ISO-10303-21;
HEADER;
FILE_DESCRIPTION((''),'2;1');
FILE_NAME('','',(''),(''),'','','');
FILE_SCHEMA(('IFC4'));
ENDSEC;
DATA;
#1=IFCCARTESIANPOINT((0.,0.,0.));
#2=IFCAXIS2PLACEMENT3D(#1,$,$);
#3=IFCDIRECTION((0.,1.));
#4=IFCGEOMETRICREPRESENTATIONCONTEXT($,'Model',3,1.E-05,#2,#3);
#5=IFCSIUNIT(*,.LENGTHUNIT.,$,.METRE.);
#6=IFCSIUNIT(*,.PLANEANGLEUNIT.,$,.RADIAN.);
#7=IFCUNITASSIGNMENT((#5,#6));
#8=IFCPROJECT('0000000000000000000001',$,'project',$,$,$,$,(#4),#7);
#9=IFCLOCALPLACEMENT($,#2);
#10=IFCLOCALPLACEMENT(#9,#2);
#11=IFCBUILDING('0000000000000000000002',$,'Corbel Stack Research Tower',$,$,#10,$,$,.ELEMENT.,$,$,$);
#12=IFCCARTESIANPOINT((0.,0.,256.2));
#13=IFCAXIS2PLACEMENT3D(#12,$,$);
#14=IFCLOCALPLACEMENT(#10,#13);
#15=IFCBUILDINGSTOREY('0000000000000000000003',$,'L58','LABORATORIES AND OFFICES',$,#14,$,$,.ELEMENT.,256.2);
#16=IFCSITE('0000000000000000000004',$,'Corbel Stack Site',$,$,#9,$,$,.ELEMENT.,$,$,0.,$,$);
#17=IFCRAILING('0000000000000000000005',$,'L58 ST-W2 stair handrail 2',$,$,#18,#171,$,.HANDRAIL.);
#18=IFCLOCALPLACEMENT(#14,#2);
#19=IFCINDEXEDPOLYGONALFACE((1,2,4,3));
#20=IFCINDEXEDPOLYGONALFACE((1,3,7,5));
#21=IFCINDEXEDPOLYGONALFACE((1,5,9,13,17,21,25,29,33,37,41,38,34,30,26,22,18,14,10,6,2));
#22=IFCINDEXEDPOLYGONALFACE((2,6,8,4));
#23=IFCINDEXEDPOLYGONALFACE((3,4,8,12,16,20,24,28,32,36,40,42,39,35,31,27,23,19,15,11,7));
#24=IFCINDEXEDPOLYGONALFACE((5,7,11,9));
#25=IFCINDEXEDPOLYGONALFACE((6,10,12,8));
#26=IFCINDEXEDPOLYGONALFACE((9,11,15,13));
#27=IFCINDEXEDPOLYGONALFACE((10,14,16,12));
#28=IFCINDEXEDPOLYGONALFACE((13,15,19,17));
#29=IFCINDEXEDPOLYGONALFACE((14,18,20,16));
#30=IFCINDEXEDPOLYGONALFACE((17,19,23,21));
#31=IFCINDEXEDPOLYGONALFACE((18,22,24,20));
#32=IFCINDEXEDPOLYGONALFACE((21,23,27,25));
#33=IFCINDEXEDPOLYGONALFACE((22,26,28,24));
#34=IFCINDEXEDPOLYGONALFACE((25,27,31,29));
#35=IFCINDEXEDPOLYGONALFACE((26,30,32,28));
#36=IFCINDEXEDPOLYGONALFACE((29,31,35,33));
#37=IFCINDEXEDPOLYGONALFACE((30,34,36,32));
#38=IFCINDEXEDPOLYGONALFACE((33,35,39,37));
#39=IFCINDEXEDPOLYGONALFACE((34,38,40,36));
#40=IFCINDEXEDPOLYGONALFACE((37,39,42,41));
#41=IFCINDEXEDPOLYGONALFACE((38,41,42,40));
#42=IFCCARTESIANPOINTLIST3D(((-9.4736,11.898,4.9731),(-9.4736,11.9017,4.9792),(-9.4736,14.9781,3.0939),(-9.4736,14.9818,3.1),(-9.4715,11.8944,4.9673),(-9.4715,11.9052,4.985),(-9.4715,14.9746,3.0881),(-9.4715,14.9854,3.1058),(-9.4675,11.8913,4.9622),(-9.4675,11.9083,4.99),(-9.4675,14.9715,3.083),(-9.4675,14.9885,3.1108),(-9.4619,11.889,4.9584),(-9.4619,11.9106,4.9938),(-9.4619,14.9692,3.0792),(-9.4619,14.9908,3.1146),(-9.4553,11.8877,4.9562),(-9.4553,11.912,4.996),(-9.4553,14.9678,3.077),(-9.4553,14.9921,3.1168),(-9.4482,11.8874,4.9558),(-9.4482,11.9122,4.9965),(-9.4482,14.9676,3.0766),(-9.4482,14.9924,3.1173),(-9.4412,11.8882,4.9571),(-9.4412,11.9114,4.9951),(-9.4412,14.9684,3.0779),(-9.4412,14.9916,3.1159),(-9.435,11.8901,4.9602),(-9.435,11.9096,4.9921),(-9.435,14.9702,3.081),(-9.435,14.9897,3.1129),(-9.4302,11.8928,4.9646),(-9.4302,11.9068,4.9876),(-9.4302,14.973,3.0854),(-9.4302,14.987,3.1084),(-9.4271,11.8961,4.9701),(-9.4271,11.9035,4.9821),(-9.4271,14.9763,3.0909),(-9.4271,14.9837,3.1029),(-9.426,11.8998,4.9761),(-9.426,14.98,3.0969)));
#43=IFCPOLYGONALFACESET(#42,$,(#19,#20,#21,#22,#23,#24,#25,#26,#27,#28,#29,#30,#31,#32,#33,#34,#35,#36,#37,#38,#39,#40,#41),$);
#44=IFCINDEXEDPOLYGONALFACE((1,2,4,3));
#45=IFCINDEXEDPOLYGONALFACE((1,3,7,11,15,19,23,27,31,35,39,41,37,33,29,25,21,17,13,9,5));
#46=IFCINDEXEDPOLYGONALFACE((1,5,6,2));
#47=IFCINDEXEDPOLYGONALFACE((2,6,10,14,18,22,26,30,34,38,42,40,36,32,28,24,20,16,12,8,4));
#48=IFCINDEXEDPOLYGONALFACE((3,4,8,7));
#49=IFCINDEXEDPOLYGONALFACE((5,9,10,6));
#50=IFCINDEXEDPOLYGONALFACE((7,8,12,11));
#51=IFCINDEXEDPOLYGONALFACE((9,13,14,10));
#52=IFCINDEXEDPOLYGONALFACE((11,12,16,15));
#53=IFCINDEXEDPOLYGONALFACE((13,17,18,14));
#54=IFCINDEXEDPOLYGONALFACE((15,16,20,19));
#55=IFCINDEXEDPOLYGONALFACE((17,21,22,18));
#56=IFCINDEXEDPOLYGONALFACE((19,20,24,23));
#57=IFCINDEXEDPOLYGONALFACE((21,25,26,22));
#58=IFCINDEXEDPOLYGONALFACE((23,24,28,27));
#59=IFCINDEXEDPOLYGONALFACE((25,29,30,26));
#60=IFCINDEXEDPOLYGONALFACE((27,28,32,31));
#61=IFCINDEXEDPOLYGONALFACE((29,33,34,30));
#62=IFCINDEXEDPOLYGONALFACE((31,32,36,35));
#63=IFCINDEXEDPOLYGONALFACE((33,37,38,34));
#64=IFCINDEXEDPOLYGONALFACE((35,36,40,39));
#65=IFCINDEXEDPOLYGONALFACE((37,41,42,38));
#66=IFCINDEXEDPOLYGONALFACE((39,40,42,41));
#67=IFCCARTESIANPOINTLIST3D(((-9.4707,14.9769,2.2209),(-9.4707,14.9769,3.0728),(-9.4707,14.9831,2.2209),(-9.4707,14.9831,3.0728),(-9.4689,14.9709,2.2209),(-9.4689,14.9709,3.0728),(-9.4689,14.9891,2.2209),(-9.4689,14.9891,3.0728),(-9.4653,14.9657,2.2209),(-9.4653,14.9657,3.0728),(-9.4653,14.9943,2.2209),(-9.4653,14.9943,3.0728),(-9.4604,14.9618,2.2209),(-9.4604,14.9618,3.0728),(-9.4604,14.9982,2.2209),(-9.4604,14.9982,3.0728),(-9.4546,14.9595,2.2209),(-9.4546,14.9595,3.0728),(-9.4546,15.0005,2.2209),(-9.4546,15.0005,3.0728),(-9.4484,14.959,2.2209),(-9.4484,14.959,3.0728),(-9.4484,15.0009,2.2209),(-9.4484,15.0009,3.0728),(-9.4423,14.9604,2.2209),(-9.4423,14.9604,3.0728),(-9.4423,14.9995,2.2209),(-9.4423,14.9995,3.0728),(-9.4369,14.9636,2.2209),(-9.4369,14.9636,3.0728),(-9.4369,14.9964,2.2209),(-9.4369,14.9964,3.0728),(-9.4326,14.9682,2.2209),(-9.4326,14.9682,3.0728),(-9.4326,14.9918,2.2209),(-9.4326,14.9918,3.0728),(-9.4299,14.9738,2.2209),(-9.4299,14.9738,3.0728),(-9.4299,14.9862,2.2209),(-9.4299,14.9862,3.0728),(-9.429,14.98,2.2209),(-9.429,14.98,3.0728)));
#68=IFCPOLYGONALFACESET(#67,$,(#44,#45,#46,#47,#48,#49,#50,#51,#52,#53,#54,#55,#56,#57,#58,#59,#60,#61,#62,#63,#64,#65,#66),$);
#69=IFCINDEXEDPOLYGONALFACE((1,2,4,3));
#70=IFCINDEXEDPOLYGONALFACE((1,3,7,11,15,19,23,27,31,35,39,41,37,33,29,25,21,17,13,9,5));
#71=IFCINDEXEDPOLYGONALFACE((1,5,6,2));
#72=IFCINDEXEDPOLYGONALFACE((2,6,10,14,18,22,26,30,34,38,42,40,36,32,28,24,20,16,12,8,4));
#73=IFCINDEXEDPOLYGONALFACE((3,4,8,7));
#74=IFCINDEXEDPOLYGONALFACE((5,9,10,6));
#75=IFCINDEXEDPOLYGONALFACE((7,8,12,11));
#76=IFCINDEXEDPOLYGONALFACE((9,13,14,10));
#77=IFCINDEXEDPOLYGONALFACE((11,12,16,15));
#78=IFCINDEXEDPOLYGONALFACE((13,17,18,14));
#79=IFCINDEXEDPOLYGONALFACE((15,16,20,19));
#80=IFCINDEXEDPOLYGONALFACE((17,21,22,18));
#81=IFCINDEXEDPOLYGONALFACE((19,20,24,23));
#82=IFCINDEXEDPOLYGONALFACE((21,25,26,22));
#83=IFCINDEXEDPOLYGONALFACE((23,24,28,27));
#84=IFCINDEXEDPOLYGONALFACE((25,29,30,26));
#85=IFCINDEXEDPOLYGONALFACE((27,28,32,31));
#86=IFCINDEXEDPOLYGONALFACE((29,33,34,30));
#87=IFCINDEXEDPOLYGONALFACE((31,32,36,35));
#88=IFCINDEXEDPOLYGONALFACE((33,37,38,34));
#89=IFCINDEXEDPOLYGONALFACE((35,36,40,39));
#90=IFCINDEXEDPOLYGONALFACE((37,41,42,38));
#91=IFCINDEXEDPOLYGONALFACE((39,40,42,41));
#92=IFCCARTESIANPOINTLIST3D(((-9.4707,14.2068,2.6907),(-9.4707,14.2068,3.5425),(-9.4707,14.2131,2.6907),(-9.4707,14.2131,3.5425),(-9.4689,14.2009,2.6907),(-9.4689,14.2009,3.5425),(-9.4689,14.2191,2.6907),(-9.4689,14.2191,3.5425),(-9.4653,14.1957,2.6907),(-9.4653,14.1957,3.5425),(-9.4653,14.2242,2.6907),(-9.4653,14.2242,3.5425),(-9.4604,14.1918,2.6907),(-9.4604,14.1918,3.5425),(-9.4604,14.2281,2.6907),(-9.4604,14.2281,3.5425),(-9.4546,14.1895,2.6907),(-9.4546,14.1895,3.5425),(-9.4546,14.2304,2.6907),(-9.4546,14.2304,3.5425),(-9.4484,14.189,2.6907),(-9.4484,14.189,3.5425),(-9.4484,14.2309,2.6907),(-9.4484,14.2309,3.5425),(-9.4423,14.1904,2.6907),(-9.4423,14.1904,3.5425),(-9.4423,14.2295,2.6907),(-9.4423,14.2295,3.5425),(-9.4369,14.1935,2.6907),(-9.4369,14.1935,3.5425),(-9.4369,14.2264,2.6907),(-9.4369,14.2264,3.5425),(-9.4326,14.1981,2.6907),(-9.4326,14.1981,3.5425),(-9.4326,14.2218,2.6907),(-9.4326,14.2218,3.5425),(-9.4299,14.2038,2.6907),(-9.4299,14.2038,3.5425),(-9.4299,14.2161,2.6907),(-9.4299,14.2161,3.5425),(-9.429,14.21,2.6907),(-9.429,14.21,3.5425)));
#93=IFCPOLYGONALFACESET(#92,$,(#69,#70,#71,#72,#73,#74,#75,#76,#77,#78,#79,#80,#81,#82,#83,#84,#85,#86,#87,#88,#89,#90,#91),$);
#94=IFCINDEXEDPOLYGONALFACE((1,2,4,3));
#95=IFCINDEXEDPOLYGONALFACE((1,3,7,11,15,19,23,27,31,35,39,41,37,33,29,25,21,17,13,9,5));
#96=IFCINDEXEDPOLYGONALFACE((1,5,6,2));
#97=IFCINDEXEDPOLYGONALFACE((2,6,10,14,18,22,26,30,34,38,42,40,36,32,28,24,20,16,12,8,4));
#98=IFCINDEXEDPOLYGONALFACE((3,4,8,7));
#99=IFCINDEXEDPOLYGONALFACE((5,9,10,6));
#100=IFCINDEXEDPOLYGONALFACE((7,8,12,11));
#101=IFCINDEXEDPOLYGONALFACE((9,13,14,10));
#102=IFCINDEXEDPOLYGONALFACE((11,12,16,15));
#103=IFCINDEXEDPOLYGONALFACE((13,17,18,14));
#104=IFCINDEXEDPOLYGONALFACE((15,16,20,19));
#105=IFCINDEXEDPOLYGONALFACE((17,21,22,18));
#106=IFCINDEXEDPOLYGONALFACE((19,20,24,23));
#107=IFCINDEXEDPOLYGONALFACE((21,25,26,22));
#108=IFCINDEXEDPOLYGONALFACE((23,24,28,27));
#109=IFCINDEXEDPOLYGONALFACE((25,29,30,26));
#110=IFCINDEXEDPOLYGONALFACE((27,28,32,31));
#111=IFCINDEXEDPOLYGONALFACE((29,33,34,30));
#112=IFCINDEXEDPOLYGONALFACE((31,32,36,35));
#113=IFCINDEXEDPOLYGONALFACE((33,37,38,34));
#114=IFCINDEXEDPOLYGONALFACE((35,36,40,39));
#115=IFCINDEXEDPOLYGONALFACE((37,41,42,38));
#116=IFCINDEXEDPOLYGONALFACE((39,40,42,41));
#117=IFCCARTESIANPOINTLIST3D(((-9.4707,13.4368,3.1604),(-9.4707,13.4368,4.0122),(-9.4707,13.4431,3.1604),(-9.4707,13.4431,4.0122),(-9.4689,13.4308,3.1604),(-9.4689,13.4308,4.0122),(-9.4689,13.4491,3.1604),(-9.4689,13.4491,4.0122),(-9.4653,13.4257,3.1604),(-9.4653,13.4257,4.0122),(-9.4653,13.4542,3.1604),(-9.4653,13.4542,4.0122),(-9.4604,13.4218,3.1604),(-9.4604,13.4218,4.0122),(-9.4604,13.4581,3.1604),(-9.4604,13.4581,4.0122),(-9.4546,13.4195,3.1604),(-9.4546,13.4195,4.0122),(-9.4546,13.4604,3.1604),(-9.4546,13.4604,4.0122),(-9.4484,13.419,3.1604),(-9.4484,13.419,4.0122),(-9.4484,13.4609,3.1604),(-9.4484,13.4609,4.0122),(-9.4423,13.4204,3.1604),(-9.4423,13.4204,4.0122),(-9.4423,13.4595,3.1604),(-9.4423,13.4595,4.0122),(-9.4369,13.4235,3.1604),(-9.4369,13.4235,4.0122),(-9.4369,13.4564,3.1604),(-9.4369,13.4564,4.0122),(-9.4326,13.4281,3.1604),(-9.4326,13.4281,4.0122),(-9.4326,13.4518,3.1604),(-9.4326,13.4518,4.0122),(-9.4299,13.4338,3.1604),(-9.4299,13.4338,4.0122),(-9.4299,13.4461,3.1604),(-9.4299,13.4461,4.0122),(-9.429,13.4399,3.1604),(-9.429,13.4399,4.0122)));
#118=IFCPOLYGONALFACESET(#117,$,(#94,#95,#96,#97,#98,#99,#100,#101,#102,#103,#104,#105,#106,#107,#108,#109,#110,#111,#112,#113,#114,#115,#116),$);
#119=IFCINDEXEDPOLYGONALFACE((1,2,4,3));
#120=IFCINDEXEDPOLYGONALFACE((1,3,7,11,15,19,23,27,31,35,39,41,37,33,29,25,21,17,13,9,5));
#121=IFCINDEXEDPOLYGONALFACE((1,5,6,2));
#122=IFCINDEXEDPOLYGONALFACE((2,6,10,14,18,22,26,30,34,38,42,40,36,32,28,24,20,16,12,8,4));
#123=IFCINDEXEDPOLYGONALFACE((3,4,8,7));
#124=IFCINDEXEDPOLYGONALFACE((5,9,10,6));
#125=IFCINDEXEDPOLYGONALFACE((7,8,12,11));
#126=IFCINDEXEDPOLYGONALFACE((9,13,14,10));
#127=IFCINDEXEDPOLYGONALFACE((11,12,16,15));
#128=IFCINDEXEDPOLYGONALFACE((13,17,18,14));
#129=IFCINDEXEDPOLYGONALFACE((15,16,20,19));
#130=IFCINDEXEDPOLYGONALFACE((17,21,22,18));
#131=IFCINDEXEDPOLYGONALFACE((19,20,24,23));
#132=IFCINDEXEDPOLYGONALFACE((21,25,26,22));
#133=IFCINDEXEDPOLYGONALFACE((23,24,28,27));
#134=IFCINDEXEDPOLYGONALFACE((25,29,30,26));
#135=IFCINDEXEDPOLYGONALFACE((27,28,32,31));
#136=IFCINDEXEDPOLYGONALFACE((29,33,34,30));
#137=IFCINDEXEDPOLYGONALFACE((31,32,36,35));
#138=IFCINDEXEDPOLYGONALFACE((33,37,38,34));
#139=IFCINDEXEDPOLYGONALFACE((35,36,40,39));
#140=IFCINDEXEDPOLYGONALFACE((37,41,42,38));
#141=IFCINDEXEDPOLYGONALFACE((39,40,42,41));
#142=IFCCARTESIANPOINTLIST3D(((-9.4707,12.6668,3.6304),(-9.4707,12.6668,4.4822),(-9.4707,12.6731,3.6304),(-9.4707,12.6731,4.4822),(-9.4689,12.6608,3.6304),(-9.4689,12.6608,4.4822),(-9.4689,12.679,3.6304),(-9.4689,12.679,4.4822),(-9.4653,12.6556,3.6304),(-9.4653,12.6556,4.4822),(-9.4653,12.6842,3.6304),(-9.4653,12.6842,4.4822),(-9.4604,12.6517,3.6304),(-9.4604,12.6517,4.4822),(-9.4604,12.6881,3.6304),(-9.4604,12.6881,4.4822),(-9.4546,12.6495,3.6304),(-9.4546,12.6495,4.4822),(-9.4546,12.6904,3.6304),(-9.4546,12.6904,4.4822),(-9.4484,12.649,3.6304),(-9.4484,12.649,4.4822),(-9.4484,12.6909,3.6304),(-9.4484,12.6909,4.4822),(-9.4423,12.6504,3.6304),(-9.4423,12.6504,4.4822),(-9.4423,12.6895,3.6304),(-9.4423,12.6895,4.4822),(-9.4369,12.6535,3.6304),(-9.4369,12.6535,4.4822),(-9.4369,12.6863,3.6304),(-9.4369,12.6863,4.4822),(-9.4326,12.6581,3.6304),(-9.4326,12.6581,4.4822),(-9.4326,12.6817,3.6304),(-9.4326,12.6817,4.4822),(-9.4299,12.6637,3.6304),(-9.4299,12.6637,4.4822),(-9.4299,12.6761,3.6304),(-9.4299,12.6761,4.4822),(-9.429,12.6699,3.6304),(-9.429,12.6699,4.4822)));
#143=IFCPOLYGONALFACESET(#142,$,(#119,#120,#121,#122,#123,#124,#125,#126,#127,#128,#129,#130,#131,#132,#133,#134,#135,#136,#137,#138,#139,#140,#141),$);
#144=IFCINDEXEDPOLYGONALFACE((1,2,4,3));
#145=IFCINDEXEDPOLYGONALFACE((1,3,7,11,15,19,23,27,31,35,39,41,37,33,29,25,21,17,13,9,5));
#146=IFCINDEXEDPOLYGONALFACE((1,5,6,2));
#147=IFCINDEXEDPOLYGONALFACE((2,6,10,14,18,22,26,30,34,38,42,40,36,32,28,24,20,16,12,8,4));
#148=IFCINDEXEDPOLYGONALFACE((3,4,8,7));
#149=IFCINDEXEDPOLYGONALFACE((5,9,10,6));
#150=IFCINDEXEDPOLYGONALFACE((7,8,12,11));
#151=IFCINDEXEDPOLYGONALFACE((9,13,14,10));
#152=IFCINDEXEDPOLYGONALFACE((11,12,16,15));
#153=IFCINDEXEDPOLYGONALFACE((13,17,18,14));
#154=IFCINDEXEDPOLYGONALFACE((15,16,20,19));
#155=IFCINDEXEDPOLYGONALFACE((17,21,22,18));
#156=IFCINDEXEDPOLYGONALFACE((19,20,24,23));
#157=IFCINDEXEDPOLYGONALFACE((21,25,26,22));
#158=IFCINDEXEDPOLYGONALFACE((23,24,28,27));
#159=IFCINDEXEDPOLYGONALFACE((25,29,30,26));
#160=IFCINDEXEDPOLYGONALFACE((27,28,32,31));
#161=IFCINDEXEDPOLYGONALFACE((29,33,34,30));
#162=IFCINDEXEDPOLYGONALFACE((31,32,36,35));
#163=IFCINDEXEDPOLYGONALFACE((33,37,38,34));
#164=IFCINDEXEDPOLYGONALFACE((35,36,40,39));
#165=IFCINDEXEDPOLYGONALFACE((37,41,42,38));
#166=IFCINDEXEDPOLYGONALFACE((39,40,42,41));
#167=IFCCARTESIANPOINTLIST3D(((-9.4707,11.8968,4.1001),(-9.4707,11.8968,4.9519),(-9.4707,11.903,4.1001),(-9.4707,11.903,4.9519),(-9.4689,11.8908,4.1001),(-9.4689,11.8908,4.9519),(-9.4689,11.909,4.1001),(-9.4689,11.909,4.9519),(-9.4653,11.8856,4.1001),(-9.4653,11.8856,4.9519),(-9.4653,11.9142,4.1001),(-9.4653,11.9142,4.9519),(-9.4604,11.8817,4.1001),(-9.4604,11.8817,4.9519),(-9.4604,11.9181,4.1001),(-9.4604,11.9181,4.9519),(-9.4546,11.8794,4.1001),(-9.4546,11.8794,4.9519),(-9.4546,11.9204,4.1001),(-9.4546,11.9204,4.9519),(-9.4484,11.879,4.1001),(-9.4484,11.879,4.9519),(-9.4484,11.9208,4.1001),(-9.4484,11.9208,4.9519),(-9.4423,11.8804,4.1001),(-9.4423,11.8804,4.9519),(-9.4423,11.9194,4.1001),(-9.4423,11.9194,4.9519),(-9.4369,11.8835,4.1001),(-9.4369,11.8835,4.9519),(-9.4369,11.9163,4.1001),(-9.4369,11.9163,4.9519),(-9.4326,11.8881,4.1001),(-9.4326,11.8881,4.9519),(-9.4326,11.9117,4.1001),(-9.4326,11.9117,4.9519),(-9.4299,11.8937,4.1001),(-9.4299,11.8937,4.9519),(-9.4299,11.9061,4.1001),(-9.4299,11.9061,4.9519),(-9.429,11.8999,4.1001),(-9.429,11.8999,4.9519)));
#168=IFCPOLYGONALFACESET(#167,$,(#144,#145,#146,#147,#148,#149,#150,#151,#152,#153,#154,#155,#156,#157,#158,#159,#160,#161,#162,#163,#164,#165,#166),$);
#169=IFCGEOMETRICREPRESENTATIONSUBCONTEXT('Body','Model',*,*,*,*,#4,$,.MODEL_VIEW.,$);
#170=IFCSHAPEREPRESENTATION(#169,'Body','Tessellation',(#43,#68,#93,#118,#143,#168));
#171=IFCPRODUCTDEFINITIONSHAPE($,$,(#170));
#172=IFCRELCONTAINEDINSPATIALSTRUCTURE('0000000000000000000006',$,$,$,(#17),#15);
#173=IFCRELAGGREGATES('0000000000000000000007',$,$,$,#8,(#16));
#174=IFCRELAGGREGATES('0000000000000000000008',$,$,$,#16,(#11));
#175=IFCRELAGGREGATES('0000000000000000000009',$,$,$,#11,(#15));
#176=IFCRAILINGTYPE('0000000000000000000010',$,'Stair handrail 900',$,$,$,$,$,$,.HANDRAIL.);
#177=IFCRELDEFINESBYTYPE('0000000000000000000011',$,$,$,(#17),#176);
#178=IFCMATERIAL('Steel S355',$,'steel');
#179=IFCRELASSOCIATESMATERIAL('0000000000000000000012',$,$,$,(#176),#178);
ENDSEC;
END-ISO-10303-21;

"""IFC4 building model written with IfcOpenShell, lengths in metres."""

from ifc_helpers import new_model, si_unit, direction, frame, origin, origin_2d, place, context, subcontext, project, spatial, circle, extrude, material, type_object, element, save


model = new_model("IFC4")

# Units and contexts
model_context = context("Model", 3, precision=1e-05, world=origin(), true_north=direction((0.0, 1.0)))
body_context = subcontext(model_context, "Body", "Model", "MODEL_VIEW")
ifc_project = project(units=[si_unit("LENGTHUNIT", "METRE"), si_unit("PLANEANGLEUNIT", "RADIAN")], contexts=[model_context])

# Site, building, storey
site_placement = place(None, origin())
site = spatial("IfcSite", under=ifc_project, at=site_placement, Name="Corbel Stack Site", CompositionType="ELEMENT", RefElevation=0.0)
building_placement = place(site_placement, origin())
building = spatial("IfcBuilding", under=site, at=building_placement, Name="Corbel Stack Research Tower", CompositionType="ELEMENT")
storey_placement = place(building_placement, frame((0.0, 0.0, 256.2)))
storey = spatial("IfcBuildingStorey", under=building, at=storey_placement, Name="L58", Description="LABORATORIES AND OFFICES", CompositionType="ELEMENT", Elevation=256.2)

# Railing
ifc_material_1 = material(Name="Steel S355", Category="steel")
railing_type_1 = type_object("IfcRailingType", Name="Stair handrail 900", PredefinedType="HANDRAIL", material=ifc_material_1)
railing_1_placement = place(storey_placement, frame((-9.45, 14.98, 2.2209)))
element("IfcRailing", 1, at=railing_1_placement, inside=storey, type_object=railing_type_1, Name="L58 ST-W2 stair handrail 2", PredefinedType="HANDRAIL", context=body_context, shape_type="SweptSolid", body=[
    extrude(circle(Radius=0.0239, at=origin_2d()), frame((0.0, 0.0, 0.876), z_axis=(0.0, -0.853666, 0.52082), x_axis=(1.0, 0.0, 0.0)), (0.0, 0.0, 1.0), 3.6082),
    extrude(circle(Radius=0.021, at=origin_2d()), origin(), (0.0, 0.0, 1.0), 0.8518),
    extrude(circle(Radius=0.021, at=origin_2d()), frame((0.0, -0.77, 0.4697)), (0.0, 0.0, 1.0), 0.8518),
    extrude(circle(Radius=0.021, at=origin_2d()), frame((0.0, -1.54, 0.9395)), (0.0, 0.0, 1.0), 0.8518),
    extrude(circle(Radius=0.021, at=origin_2d()), frame((0.0, -2.3101, 1.4094)), (0.0, 0.0, 1.0), 0.8518),
    extrude(circle(Radius=0.021, at=origin_2d()), frame((0.0, -3.0801, 1.8792)), (0.0, 0.0, 1.0), 0.8518),
])

save(model, "model.ifc")
